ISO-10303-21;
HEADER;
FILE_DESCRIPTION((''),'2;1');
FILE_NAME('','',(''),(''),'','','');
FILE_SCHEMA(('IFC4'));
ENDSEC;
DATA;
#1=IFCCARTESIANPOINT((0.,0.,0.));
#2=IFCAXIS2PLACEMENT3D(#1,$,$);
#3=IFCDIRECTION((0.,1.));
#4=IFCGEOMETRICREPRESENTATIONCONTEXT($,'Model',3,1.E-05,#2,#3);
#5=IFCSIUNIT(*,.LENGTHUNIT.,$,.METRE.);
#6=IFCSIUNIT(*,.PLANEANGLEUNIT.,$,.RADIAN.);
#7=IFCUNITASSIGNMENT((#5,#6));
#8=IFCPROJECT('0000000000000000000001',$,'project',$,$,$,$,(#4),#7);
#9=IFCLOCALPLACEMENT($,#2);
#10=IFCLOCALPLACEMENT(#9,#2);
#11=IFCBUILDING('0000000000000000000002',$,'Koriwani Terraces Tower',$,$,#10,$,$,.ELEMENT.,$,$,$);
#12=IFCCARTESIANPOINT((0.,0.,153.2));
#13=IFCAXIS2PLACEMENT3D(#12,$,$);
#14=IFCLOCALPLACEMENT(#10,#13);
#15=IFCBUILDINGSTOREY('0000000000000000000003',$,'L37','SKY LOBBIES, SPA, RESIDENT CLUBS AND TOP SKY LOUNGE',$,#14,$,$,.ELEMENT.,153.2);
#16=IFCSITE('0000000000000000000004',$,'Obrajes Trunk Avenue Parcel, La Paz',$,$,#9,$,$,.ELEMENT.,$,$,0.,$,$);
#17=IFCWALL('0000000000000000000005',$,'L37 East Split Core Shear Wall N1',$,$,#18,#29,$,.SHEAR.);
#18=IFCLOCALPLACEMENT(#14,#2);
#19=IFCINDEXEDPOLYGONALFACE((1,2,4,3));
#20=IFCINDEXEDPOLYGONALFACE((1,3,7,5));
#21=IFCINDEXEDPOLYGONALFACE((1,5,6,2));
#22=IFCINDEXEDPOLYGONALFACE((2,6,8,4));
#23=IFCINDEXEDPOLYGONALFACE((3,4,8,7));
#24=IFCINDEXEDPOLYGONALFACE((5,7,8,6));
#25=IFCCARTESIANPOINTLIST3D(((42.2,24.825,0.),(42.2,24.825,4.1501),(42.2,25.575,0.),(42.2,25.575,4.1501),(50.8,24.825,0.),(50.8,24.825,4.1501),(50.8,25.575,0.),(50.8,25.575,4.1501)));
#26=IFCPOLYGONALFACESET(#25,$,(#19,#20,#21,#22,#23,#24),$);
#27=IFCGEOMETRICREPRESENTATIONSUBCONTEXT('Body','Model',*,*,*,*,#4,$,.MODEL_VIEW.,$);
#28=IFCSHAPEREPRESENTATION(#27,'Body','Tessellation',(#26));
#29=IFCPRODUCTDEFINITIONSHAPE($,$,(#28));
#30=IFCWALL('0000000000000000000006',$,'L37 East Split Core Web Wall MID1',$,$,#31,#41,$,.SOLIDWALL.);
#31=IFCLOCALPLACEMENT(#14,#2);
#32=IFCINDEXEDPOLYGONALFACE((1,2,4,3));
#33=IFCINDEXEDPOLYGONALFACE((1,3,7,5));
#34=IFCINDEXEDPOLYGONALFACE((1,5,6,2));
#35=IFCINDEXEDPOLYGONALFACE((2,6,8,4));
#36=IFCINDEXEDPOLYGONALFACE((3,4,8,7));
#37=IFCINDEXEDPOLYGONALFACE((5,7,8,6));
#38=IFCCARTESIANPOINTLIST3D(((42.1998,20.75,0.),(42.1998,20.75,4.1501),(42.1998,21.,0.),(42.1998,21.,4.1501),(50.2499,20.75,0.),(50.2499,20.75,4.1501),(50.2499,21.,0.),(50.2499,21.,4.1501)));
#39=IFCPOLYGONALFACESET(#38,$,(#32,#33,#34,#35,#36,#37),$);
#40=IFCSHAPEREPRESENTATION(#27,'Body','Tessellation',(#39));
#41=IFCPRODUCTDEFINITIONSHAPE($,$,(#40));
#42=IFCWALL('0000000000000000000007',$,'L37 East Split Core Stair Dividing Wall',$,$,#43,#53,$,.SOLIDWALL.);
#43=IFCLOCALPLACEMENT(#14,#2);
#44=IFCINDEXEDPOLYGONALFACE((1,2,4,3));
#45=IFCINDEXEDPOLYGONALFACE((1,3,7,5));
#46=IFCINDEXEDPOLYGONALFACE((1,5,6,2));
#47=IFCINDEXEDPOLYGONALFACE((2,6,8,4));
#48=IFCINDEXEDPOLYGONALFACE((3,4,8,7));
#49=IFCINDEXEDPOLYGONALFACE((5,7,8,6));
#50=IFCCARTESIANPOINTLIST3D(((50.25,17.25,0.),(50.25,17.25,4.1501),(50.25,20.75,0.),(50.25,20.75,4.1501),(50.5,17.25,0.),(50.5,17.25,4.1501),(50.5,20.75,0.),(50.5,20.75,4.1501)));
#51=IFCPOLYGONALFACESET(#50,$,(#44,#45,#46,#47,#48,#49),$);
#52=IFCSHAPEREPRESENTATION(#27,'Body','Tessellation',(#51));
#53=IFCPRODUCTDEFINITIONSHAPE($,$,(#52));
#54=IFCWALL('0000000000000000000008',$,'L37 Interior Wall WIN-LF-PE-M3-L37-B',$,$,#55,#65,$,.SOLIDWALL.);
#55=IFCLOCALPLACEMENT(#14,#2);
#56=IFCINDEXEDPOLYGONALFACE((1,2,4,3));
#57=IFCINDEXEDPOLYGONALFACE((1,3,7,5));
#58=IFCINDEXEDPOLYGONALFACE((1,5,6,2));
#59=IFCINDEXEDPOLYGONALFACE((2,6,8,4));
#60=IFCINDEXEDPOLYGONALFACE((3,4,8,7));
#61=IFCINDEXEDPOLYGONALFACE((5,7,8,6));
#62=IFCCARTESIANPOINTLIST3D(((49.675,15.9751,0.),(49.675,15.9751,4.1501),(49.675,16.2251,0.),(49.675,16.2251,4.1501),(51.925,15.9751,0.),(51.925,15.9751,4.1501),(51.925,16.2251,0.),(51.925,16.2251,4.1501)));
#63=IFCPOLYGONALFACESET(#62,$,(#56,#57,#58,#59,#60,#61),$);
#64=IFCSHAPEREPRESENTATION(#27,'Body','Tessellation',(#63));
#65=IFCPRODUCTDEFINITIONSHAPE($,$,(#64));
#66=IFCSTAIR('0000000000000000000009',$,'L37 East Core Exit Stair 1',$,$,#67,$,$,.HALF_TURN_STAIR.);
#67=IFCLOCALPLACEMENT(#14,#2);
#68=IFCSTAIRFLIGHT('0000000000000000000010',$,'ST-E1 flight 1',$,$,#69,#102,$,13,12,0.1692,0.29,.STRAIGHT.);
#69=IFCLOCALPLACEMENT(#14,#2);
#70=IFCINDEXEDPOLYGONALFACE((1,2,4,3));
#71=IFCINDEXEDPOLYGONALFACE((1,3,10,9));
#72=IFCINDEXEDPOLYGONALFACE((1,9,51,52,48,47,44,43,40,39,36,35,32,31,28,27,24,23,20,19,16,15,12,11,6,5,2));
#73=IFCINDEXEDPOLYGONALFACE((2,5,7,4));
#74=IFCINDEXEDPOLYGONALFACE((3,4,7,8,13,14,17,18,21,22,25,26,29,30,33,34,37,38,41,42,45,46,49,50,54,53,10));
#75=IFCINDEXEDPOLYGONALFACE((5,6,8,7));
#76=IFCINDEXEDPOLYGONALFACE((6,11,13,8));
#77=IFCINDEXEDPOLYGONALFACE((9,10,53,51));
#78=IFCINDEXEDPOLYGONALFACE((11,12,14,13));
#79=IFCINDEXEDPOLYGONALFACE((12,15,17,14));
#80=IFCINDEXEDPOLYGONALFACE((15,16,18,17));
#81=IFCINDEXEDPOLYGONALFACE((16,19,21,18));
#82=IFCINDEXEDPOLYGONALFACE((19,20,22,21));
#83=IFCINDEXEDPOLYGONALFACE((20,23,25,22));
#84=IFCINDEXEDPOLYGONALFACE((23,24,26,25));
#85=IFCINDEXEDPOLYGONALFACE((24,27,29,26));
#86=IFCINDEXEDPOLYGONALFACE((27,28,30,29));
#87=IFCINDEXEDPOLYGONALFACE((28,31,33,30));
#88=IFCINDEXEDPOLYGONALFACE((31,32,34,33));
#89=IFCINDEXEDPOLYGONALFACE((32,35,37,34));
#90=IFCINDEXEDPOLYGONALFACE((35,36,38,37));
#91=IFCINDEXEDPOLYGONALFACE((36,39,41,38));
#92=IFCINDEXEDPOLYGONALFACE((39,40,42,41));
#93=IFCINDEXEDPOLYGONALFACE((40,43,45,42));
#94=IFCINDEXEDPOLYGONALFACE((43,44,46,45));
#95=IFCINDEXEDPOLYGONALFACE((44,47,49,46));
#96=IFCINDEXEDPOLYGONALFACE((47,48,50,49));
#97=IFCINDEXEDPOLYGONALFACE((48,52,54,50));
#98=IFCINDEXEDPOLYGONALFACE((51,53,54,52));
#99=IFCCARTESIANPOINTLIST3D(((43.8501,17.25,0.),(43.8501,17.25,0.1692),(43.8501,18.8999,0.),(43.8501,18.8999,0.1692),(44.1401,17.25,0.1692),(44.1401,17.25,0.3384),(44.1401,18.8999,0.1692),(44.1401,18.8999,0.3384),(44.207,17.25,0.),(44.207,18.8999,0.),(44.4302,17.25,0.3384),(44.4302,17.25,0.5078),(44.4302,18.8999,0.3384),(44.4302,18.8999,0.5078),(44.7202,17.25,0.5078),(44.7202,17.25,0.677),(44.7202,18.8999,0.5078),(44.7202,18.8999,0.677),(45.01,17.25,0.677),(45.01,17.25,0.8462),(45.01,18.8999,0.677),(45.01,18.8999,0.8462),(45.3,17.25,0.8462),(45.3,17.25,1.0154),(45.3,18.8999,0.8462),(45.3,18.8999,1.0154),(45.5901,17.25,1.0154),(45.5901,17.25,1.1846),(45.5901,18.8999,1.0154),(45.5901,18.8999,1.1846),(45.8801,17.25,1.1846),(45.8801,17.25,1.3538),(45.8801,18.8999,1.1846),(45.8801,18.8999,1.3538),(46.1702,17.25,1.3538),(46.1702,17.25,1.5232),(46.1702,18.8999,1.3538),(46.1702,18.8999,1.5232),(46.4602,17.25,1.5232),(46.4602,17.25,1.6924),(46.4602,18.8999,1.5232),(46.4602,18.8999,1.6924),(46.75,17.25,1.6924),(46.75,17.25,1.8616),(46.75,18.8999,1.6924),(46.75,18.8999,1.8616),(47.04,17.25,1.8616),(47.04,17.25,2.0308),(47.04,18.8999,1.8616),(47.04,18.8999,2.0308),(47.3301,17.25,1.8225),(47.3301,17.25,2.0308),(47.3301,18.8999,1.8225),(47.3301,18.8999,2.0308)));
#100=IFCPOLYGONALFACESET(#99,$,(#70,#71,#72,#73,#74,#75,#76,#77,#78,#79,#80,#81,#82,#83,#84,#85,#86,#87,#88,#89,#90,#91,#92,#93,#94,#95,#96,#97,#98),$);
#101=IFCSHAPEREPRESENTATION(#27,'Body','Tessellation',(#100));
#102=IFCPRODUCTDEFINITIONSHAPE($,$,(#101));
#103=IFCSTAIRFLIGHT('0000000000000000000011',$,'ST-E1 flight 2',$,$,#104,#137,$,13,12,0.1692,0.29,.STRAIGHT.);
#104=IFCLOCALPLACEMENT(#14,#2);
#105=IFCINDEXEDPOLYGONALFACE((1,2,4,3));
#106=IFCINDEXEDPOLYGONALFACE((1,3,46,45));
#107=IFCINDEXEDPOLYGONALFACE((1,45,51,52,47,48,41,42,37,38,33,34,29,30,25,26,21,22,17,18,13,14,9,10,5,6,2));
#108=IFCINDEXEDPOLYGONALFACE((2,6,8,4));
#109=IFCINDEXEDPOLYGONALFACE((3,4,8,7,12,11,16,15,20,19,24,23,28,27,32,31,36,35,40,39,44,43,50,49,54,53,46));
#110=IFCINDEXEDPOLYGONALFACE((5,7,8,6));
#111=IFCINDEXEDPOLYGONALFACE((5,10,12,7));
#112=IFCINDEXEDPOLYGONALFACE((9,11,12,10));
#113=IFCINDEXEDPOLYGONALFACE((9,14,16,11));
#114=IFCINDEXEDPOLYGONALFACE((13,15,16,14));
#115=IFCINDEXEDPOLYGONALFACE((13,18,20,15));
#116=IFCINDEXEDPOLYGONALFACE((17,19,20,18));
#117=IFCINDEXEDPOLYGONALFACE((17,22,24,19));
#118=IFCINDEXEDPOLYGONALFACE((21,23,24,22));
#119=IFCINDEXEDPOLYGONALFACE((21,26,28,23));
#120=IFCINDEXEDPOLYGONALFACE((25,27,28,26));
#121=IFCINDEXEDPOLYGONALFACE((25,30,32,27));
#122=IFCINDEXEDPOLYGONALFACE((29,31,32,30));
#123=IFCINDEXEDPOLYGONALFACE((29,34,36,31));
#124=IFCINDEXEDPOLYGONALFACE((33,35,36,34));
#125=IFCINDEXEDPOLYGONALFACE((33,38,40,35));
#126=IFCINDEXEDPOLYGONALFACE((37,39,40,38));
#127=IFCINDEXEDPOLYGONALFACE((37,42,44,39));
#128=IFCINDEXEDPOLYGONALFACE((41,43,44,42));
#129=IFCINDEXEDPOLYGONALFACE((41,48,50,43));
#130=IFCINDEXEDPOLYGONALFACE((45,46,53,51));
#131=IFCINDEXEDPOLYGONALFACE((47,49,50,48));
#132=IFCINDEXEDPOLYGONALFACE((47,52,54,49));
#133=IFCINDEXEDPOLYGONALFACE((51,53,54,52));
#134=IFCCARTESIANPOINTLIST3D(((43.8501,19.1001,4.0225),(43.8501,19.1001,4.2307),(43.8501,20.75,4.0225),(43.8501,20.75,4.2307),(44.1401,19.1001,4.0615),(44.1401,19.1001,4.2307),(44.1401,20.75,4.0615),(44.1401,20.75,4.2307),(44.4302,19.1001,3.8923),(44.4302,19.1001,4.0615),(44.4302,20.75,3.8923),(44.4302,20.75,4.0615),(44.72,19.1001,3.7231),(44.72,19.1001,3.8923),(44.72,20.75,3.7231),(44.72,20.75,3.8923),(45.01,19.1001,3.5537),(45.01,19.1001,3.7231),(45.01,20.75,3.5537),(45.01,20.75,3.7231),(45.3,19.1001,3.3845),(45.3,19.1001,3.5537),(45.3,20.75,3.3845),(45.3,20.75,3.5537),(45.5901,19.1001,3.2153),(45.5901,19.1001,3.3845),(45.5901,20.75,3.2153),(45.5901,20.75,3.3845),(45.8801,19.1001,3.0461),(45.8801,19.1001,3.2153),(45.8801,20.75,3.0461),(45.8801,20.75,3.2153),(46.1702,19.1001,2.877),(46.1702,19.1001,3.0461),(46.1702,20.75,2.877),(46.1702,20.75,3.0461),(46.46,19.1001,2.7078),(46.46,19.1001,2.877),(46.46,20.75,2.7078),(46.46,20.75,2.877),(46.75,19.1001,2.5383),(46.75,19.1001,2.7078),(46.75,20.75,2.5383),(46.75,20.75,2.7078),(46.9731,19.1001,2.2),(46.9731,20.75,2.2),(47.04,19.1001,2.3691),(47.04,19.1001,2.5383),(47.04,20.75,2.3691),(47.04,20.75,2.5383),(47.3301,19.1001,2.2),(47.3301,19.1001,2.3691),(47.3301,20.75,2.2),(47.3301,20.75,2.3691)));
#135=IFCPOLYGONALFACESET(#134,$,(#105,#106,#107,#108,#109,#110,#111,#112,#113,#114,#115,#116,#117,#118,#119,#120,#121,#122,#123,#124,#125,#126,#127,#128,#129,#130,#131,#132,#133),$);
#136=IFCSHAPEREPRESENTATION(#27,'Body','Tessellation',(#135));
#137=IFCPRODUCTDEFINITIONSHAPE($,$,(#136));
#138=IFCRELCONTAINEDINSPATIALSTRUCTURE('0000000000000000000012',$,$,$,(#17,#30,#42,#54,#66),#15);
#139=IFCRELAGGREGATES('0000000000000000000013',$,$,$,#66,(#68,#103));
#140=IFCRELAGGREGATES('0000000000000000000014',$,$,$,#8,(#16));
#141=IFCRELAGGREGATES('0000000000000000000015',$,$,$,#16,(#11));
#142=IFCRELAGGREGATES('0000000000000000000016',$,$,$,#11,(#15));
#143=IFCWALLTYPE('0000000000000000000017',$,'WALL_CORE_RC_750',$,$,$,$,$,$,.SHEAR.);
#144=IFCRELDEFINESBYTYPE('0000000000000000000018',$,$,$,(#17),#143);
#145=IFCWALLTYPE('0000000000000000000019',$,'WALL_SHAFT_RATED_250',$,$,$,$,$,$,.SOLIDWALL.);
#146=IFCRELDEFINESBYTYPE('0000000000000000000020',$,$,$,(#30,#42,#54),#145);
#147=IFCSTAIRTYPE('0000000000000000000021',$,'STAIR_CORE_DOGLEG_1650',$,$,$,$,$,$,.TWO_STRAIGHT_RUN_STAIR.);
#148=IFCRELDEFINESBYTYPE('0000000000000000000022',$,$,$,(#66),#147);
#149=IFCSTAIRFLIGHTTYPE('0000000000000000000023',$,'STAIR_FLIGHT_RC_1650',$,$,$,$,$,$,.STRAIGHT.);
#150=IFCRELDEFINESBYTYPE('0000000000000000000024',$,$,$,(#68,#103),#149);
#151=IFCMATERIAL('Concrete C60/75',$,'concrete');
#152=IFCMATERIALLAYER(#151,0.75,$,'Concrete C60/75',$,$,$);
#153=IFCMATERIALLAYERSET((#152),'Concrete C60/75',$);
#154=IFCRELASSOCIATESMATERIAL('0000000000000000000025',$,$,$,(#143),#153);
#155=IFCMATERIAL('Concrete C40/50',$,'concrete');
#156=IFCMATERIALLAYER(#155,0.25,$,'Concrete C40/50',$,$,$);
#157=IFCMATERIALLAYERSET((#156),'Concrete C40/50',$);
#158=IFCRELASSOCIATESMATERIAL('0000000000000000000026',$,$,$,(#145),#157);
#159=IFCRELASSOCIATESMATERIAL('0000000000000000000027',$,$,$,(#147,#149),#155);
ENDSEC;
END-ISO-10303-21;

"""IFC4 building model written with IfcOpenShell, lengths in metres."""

from ifc_helpers import new_model, si_unit, direction, frame, frame_2d, origin, place, context, subcontext, project, spatial, polyline, rectangle, outline, extrude, material, layer, layer_set, type_object, element, aggregate, save


model = new_model("IFC4")

# Units and contexts
model_context = context("Model", 3, precision=1e-05, world=origin(), true_north=direction((0.0, 1.0)))
body_context = subcontext(model_context, "Body", "Model", "MODEL_VIEW")
ifc_project = project(units=[si_unit("LENGTHUNIT", "METRE"), si_unit("PLANEANGLEUNIT", "RADIAN")], contexts=[model_context])

# Site, building, storey
site_placement = place(None, origin())
site = spatial("IfcSite", under=ifc_project, at=site_placement, Name="Obrajes Trunk Avenue Parcel, La Paz", CompositionType="ELEMENT", RefElevation=0.0)
building_placement = place(site_placement, origin())
building = spatial("IfcBuilding", under=site, at=building_placement, Name="Koriwani Terraces Tower", CompositionType="ELEMENT")
storey_placement = place(building_placement, frame((0.0, 0.0, 153.2)))
storey = spatial("IfcBuildingStorey", under=building, at=storey_placement, Name="L37", Description="SKY LOBBIES, SPA, RESIDENT CLUBS AND TOP SKY LOUNGE", CompositionType="ELEMENT", Elevation=153.2)

# Shared definitions
ifc_material_1 = material(Name="Concrete C60/75", Category="concrete")
ifc_material_2 = material(Name="Concrete C40/50", Category="concrete")

# Walls
ifc_layer_1 = layer(ifc_material_1, 0.75, Name="Concrete C60/75")
ifc_layer_set_1 = layer_set([ifc_layer_1], Name="Concrete C60/75")
wall_type_1 = type_object("IfcWallType", Name="WALL_CORE_RC_750", PredefinedType="SHEAR", material=ifc_layer_set_1)
wall_1_placement = place(storey_placement, frame((42.2, 25.2, 0.0), z_axis=(0.0, 0.0, 1.0), x_axis=(1.0, 0.0, 0.0)))
element("IfcWall", 1, at=wall_1_placement, inside=storey, type_object=wall_type_1, Name="L37 East Split Core Shear Wall N1", PredefinedType="SHEAR", context=body_context, shape_type="SweptSolid", body=[
    extrude(rectangle(XDim=8.6001, YDim=0.75, at=frame_2d((4.3, 0.0))), origin(), (0.0, 0.0, 1.0), 4.1501),
])
ifc_layer_2 = layer(ifc_material_2, 0.25, Name="Concrete C40/50")
ifc_layer_set_2 = layer_set([ifc_layer_2], Name="Concrete C40/50")
wall_type_2 = type_object("IfcWallType", Name="WALL_SHAFT_RATED_250", PredefinedType="SOLIDWALL", material=ifc_layer_set_2)
wall_2_placement = place(storey_placement, frame((42.2, 20.875, 0.0), z_axis=(0.0, 0.0, 1.0), x_axis=(1.0, 0.0, 0.0)))
element("IfcWall", 2, at=wall_2_placement, inside=storey, type_object=wall_type_2, Name="L37 East Split Core Web Wall MID1", PredefinedType="SOLIDWALL", context=body_context, shape_type="SweptSolid", body=[
    extrude(rectangle(XDim=8.05, YDim=0.25, at=frame_2d((4.0249, 0.0))), origin(), (0.0, 0.0, 1.0), 4.1501),
])
wall_3_placement = place(storey_placement, frame((50.375, 17.25, 0.0), z_axis=(0.0, 0.0, 1.0), x_axis=(0.0, 1.0, 0.0)))
element("IfcWall", 3, at=wall_3_placement, inside=storey, type_object=wall_type_2, Name="L37 East Split Core Stair Dividing Wall", PredefinedType="SOLIDWALL", context=body_context, shape_type="SweptSolid", body=[
    extrude(rectangle(XDim=3.5, YDim=0.25, at=frame_2d((1.75, 0.0))), origin(), (0.0, 0.0, 1.0), 4.1501),
])

# Wall
wall_4_placement = place(storey_placement, frame((49.675, 16.1001, 0.0), z_axis=(0.0, 0.0, 1.0), x_axis=(1.0, 0.0, 0.0)))
element("IfcWall", 4, at=wall_4_placement, inside=storey, type_object=wall_type_2, Name="L37 Interior Wall WIN-LF-PE-M3-L37-B", PredefinedType="SOLIDWALL", context=body_context, shape_type="SweptSolid", body=[
    extrude(rectangle(XDim=2.25, YDim=0.25, at=frame_2d((1.125, 0.0))), origin(), (0.0, 0.0, 1.0), 4.1501),
])

# Stair, stair flights
stair_type = type_object("IfcStairType", Name="STAIR_CORE_DOGLEG_1650", PredefinedType="TWO_STRAIGHT_RUN_STAIR", material=ifc_material_2)
stair_placement = place(storey_placement, origin())
stair = element("IfcStair", 5, at=stair_placement, inside=storey, type_object=stair_type, Name="L37 East Core Exit Stair 1", PredefinedType="HALF_TURN_STAIR")
stair_flight_type = type_object("IfcStairFlightType", Name="STAIR_FLIGHT_RC_1650", PredefinedType="STRAIGHT", material=ifc_material_2)
stair_flight_1_placement = place(storey_placement, frame((43.8501, 18.075, 0.0), z_axis=(0.0, 0.0, 1.0), x_axis=(1.0, 0.0, 0.0)))
stair_flight_1 = element("IfcStairFlight", 6, at=stair_flight_1_placement, type_object=stair_flight_type, Name="ST-E1 flight 1", NumberOfRisers=13, NumberOfTreads=12, PredefinedType="STRAIGHT", RiserHeight=0.1692, TreadLength=0.29, context=body_context, shape_type="SweptSolid", body=[
    extrude(outline(polyline([(0.0, 0.0), (0.0, 0.1692), (0.29, 0.1692), (0.29, 0.3384), (0.5801, 0.3384), (0.5801, 0.5078), (0.8701, 0.5078), (0.8701, 0.677), (1.1599, 0.677), (1.1599, 0.8462), (1.45, 0.8462), (1.45, 1.0154), (1.74, 1.0154), (1.74, 1.1846), (2.03, 1.1846), (2.03, 1.3538), (2.3201, 1.3538), (2.3201, 1.5232), (2.6101, 1.5232), (2.6101, 1.6924), (2.8999, 1.6924), (2.8999, 1.8616), (3.1899, 1.8616), (3.1899, 2.0308), (3.48, 2.0308), (3.48, 2.2), (3.48, 1.8225), (0.3569, 0.0), (0.0, 0.0)])), frame((0.0, 0.825, 0.0), z_axis=(0.0, -1.0, 0.0), x_axis=(1.0, 0.0, 0.0)), (0.0, 0.0, 1.0), 1.6499),
])
stair_flight_2_placement = place(storey_placement, frame((47.3301, 19.925, 2.2), z_axis=(0.0, 0.0, 1.0), x_axis=(-1.0, 0.0, 0.0)))
stair_flight_2 = element("IfcStairFlight", 7, at=stair_flight_2_placement, type_object=stair_flight_type, Name="ST-E1 flight 2", NumberOfRisers=13, NumberOfTreads=12, PredefinedType="STRAIGHT", RiserHeight=0.1692, TreadLength=0.29, context=body_context, shape_type="SweptSolid", body=[
    extrude(outline(polyline([(0.0, 0.0), (0.0, 0.1692), (0.29, 0.1692), (0.29, 0.3384), (0.5801, 0.3384), (0.5801, 0.5078), (0.8701, 0.5078), (0.8701, 0.677), (1.1599, 0.677), (1.1599, 0.8462), (1.45, 0.8462), (1.45, 1.0154), (1.74, 1.0154), (1.74, 1.1846), (2.03, 1.1846), (2.03, 1.3538), (2.3201, 1.3538), (2.3201, 1.5232), (2.6101, 1.5232), (2.6101, 1.6924), (2.8999, 1.6924), (2.8999, 1.8616), (3.1899, 1.8616), (3.1899, 2.0308), (3.48, 2.0308), (3.48, 2.2), (3.48, 1.8225), (0.3569, 0.0), (0.0, 0.0)])), frame((0.0, 0.825, 0.0), z_axis=(0.0, -1.0, 0.0), x_axis=(1.0, 0.0, 0.0)), (0.0, 0.0, 1.0), 1.6499),
])
aggregate(stair, [stair_flight_1, stair_flight_2])

save(model, "model.ifc")
